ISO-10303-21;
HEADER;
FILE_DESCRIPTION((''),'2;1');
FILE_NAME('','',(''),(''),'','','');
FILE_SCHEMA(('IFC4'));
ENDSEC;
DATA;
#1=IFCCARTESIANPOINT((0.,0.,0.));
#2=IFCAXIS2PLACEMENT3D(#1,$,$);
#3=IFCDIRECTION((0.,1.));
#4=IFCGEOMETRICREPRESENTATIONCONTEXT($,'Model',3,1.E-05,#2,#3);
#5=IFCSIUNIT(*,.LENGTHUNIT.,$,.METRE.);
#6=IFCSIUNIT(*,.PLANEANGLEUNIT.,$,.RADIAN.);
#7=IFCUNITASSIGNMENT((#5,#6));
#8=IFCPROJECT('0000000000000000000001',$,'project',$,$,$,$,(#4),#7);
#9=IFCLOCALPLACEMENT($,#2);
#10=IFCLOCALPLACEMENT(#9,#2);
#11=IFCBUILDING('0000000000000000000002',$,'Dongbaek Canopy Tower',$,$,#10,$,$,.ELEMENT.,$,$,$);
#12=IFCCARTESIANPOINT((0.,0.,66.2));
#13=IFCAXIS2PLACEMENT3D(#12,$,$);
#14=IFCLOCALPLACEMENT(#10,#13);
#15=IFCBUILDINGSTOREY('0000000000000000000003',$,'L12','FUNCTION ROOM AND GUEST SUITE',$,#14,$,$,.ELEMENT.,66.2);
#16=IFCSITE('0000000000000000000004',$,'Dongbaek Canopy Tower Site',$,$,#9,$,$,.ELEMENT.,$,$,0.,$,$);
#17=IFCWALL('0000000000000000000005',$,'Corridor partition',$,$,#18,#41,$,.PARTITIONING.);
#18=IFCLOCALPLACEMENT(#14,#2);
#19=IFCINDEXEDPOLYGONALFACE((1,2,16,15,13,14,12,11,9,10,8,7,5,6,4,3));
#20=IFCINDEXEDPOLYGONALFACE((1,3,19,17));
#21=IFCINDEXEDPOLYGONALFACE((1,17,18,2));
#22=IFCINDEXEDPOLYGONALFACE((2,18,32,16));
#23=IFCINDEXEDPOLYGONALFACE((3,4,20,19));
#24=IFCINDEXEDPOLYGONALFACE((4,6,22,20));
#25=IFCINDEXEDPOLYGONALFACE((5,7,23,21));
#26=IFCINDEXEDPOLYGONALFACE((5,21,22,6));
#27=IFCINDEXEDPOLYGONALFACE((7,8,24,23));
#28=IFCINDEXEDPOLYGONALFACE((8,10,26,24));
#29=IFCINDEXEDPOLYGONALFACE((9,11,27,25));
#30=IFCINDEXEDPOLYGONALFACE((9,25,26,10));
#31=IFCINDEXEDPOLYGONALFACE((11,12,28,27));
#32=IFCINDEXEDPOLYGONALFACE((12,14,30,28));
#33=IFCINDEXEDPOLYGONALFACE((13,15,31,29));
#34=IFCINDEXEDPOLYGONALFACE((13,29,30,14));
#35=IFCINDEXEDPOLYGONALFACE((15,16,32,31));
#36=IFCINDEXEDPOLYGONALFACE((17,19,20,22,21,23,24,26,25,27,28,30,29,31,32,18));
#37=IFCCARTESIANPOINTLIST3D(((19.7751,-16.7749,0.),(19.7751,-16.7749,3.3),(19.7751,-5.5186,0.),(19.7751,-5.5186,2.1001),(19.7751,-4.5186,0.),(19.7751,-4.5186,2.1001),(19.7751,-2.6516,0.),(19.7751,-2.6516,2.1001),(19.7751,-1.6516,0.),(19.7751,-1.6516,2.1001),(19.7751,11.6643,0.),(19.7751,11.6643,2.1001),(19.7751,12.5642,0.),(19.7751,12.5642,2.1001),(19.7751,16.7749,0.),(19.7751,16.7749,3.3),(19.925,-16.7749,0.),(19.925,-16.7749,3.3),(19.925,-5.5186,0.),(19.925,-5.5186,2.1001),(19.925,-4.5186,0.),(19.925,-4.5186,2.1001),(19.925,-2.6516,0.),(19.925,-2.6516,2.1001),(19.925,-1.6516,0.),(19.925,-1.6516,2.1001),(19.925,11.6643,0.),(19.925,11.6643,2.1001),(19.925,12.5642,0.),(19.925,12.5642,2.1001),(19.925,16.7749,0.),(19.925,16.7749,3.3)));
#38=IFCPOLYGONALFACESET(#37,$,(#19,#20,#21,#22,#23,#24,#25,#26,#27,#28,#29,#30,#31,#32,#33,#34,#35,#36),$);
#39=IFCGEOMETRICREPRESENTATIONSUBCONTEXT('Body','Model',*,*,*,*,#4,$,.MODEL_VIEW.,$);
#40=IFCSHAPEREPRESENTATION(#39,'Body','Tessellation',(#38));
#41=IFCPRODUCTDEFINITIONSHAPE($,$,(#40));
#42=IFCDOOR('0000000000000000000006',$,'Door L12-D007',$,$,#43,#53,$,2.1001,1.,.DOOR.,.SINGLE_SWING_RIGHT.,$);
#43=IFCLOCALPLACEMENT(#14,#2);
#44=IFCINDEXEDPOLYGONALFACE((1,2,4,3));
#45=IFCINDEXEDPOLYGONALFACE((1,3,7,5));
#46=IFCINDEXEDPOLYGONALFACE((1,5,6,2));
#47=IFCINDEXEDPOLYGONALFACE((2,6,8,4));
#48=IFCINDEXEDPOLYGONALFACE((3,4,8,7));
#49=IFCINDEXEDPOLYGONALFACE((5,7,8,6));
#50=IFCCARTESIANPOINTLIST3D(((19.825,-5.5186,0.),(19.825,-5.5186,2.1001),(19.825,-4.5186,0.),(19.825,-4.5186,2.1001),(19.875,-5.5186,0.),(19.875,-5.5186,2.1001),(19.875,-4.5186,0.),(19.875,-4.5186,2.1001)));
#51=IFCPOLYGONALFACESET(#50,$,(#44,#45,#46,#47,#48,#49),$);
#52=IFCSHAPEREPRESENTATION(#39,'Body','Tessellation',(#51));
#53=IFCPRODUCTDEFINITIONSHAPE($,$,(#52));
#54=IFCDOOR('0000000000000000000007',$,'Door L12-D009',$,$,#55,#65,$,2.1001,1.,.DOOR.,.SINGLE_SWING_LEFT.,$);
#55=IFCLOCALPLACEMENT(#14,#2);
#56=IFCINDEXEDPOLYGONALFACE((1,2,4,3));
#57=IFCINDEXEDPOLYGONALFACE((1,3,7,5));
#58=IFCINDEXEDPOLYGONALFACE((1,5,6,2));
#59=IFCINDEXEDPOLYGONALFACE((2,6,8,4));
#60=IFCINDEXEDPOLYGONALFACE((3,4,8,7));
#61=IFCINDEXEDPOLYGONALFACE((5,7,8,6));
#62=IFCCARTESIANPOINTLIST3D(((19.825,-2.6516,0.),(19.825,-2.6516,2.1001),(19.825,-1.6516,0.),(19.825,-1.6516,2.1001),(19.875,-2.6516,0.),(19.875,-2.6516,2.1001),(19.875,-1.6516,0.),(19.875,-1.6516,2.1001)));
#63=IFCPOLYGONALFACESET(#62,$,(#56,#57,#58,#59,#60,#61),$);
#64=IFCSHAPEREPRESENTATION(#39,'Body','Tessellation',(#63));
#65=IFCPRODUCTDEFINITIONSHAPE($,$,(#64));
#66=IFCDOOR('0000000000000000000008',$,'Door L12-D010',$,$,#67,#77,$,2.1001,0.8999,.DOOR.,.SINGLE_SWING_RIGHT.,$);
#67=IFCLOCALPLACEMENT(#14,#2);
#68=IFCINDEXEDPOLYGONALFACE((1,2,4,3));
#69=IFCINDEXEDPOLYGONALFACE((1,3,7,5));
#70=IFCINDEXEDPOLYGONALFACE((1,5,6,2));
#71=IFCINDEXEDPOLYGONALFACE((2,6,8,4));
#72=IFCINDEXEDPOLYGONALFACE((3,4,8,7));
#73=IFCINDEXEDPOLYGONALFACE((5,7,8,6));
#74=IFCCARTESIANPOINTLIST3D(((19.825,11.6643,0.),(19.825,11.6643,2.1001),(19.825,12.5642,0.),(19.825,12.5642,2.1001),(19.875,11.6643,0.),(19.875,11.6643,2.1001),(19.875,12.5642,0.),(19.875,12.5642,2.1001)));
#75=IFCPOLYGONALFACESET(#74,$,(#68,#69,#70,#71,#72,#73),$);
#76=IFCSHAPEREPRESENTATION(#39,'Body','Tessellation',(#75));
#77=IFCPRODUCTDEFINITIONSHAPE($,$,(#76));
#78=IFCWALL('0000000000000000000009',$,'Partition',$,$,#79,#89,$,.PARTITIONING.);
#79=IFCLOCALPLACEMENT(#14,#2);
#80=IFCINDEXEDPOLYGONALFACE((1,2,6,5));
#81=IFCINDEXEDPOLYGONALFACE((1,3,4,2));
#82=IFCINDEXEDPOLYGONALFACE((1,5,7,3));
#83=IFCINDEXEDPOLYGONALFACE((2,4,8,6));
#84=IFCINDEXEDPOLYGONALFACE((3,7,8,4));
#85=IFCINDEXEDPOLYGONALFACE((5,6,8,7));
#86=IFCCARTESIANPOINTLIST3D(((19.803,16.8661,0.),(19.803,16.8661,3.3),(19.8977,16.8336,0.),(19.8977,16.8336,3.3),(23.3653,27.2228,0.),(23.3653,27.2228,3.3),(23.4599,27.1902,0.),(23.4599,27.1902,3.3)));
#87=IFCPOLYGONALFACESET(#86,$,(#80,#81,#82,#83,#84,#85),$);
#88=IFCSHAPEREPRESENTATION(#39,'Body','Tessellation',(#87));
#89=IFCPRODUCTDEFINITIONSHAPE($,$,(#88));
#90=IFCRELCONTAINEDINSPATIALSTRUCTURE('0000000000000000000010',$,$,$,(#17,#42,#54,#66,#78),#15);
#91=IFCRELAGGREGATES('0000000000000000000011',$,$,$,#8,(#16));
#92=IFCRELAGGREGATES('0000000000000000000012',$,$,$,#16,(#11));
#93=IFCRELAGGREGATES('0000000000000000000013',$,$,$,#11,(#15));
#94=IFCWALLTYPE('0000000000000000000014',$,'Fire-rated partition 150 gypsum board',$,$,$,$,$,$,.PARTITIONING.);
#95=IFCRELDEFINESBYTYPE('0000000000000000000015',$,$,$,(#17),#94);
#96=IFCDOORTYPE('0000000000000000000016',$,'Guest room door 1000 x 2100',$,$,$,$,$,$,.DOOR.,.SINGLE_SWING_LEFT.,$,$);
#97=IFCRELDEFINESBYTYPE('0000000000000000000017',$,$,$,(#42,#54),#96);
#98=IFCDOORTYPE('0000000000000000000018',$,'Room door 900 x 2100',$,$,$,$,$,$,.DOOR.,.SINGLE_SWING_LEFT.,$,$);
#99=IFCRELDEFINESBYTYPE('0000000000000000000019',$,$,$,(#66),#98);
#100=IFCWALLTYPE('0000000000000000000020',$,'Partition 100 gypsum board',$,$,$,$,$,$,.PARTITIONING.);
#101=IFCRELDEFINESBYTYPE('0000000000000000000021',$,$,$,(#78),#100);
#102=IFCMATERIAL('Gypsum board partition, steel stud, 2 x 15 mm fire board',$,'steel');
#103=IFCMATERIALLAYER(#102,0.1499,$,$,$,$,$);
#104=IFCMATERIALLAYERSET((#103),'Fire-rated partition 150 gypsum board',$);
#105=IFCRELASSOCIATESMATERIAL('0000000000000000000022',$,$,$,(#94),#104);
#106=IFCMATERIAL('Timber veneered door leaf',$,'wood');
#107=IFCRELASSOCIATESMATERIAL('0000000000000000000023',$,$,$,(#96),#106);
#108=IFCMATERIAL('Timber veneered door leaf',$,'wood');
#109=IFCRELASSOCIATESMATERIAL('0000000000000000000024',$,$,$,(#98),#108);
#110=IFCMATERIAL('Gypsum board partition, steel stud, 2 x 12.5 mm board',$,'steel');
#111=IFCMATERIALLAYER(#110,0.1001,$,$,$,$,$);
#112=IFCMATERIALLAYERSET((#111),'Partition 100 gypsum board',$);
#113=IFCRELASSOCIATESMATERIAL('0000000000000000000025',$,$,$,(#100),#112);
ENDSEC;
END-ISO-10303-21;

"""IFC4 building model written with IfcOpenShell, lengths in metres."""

from ifc_helpers import new_model, si_unit, direction, frame, frame_2d, origin, place, context, subcontext, project, spatial, rectangle, extrude, material, layer, layer_set, type_object, element, fill, save


model = new_model("IFC4")

# Units and contexts
model_context = context("Model", 3, precision=1e-05, world=origin(), true_north=direction((0.0, 1.0)))
body_context = subcontext(model_context, "Body", "Model", "MODEL_VIEW")
ifc_project = project(units=[si_unit("LENGTHUNIT", "METRE"), si_unit("PLANEANGLEUNIT", "RADIAN")], contexts=[model_context])

# Site, building, storey
site_placement = place(None, origin())
site = spatial("IfcSite", under=ifc_project, at=site_placement, Name="Dongbaek Canopy Tower Site", CompositionType="ELEMENT", RefElevation=0.0)
building_placement = place(site_placement, origin())
building = spatial("IfcBuilding", under=site, at=building_placement, Name="Dongbaek Canopy Tower", CompositionType="ELEMENT")
storey_placement = place(building_placement, frame((0.0, 0.0, 66.2)))
storey = spatial("IfcBuildingStorey", under=building, at=storey_placement, Name="L12", Description="FUNCTION ROOM AND GUEST SUITE", CompositionType="ELEMENT", Elevation=66.2)

# Wall, openings, doors
ifc_material_1 = material(Name="Gypsum board partition, steel stud, 2 x 15 mm fire board", Category="steel")
ifc_layer_1 = layer(ifc_material_1, 0.1499)
ifc_layer_set_1 = layer_set([ifc_layer_1], Name="Fire-rated partition 150 gypsum board")
wall_type_1 = type_object("IfcWallType", Name="Fire-rated partition 150 gypsum board", PredefinedType="PARTITIONING", material=ifc_layer_set_1)
wall_1_placement = place(storey_placement, frame((19.8501, 16.7749, 0.0), z_axis=(0.0, 0.0, 1.0), x_axis=(0.0, -1.0, 0.0)))
wall_1 = element("IfcWall", 1, at=wall_1_placement, inside=storey, type_object=wall_type_1, Name="Corridor partition", PredefinedType="PARTITIONING", context=body_context, shape_type="SweptSolid", body=[
    extrude(rectangle(XDim=33.5498, YDim=0.1499, at=frame_2d((16.7749, 0.0))), origin(), (0.0, 0.0, 1.0), 3.3),
])
opening_1_placement = place(wall_1_placement, frame((21.2935, 0.0, 0.0)))
opening_1 = element("IfcOpeningElement", 2, at=opening_1_placement, cuts=wall_1, PredefinedType="OPENING", context=body_context, shape_type="SweptSolid", body=[
    extrude(rectangle(XDim=1.0, YDim=2.1001, at=frame_2d((0.5, 1.05))), frame((0.0, 0.085, 0.0), z_axis=(0.0, -1.0, 0.0), x_axis=(1.0, 0.0, 0.0)), (0.0, 0.0, 1.0), 0.1699),
])
opening_2_placement = place(wall_1_placement, frame((18.4265, 0.0, 0.0)))
opening_2 = element("IfcOpeningElement", 3, at=opening_2_placement, cuts=wall_1, PredefinedType="OPENING", context=body_context, shape_type="SweptSolid", body=[
    extrude(rectangle(XDim=1.0, YDim=2.1001, at=frame_2d((0.5, 1.05))), frame((0.0, 0.085, 0.0), z_axis=(0.0, -1.0, 0.0), x_axis=(1.0, 0.0, 0.0)), (0.0, 0.0, 1.0), 0.1699),
])
opening_3_placement = place(wall_1_placement, frame((4.2107, 0.0, 0.0)))
opening_3 = element("IfcOpeningElement", 4, at=opening_3_placement, cuts=wall_1, PredefinedType="OPENING", context=body_context, shape_type="SweptSolid", body=[
    extrude(rectangle(XDim=0.8999, YDim=2.1001, at=frame_2d((0.45, 1.05))), frame((0.0, 0.085, 0.0), z_axis=(0.0, -1.0, 0.0), x_axis=(1.0, 0.0, 0.0)), (0.0, 0.0, 1.0), 0.1699),
])
ifc_material_2 = material(Name="Timber veneered door leaf", Category="wood")
door_type_1 = type_object("IfcDoorType", Name="Guest room door 1000 x 2100", OperationType="SINGLE_SWING_LEFT", PredefinedType="DOOR", material=ifc_material_2)
door_1_placement = place(opening_1_placement, origin())
door_1 = element("IfcDoor", 5, at=door_1_placement, inside=storey, type_object=door_type_1, Name="Door L12-D007", OperationType="SINGLE_SWING_RIGHT", OverallHeight=2.1001, OverallWidth=1.0, PredefinedType="DOOR", context=body_context, shape_type="SweptSolid", body=[
    extrude(rectangle(XDim=1.0, YDim=2.1001, at=frame_2d((0.5, 1.05))), frame((0.0, 0.0249, 0.0), z_axis=(0.0, -1.0, 0.0), x_axis=(1.0, 0.0, 0.0)), (0.0, 0.0, 1.0), 0.05),
])
fill(opening_1, door_1)
door_2_placement = place(opening_2_placement, origin())
door_2 = element("IfcDoor", 6, at=door_2_placement, inside=storey, type_object=door_type_1, Name="Door L12-D009", OperationType="SINGLE_SWING_LEFT", OverallHeight=2.1001, OverallWidth=1.0, PredefinedType="DOOR", context=body_context, shape_type="SweptSolid", body=[
    extrude(rectangle(XDim=1.0, YDim=2.1001, at=frame_2d((0.5, 1.05))), frame((0.0, 0.0249, 0.0), z_axis=(0.0, -1.0, 0.0), x_axis=(1.0, 0.0, 0.0)), (0.0, 0.0, 1.0), 0.05),
])
fill(opening_2, door_2)
ifc_material_3 = material(Name="Timber veneered door leaf", Category="wood")
door_type_2 = type_object("IfcDoorType", Name="Room door 900 x 2100", OperationType="SINGLE_SWING_LEFT", PredefinedType="DOOR", material=ifc_material_3)
door_3_placement = place(opening_3_placement, origin())
door_3 = element("IfcDoor", 7, at=door_3_placement, inside=storey, type_object=door_type_2, Name="Door L12-D010", OperationType="SINGLE_SWING_RIGHT", OverallHeight=2.1001, OverallWidth=0.8999, PredefinedType="DOOR", context=body_context, shape_type="SweptSolid", body=[
    extrude(rectangle(XDim=0.8999, YDim=2.1001, at=frame_2d((0.45, 1.05))), frame((0.0, 0.0249, 0.0), z_axis=(0.0, -1.0, 0.0), x_axis=(1.0, 0.0, 0.0)), (0.0, 0.0, 1.0), 0.05),
])
fill(opening_3, door_3)

# Wall
ifc_material_4 = material(Name="Gypsum board partition, steel stud, 2 x 12.5 mm board", Category="steel")
ifc_layer_2 = layer(ifc_material_4, 0.1001)
ifc_layer_set_2 = layer_set([ifc_layer_2], Name="Partition 100 gypsum board")
wall_type_2 = type_object("IfcWallType", Name="Partition 100 gypsum board", PredefinedType="PARTITIONING", material=ifc_layer_set_2)
wall_2_placement = place(storey_placement, frame((19.8503, 16.8499, 0.0), z_axis=(0.0, 0.0, 1.0), x_axis=(0.325255, 0.945626, 0.0)))
element("IfcWall", 8, at=wall_2_placement, inside=storey, type_object=wall_type_2, Name="Partition", PredefinedType="PARTITIONING", context=body_context, shape_type="SweptSolid", body=[
    extrude(rectangle(XDim=10.9521, YDim=0.1001, at=frame_2d((5.4761, 0.0))), origin(), (0.0, 0.0, 1.0), 3.3),
])

save(model, "model.ifc")
